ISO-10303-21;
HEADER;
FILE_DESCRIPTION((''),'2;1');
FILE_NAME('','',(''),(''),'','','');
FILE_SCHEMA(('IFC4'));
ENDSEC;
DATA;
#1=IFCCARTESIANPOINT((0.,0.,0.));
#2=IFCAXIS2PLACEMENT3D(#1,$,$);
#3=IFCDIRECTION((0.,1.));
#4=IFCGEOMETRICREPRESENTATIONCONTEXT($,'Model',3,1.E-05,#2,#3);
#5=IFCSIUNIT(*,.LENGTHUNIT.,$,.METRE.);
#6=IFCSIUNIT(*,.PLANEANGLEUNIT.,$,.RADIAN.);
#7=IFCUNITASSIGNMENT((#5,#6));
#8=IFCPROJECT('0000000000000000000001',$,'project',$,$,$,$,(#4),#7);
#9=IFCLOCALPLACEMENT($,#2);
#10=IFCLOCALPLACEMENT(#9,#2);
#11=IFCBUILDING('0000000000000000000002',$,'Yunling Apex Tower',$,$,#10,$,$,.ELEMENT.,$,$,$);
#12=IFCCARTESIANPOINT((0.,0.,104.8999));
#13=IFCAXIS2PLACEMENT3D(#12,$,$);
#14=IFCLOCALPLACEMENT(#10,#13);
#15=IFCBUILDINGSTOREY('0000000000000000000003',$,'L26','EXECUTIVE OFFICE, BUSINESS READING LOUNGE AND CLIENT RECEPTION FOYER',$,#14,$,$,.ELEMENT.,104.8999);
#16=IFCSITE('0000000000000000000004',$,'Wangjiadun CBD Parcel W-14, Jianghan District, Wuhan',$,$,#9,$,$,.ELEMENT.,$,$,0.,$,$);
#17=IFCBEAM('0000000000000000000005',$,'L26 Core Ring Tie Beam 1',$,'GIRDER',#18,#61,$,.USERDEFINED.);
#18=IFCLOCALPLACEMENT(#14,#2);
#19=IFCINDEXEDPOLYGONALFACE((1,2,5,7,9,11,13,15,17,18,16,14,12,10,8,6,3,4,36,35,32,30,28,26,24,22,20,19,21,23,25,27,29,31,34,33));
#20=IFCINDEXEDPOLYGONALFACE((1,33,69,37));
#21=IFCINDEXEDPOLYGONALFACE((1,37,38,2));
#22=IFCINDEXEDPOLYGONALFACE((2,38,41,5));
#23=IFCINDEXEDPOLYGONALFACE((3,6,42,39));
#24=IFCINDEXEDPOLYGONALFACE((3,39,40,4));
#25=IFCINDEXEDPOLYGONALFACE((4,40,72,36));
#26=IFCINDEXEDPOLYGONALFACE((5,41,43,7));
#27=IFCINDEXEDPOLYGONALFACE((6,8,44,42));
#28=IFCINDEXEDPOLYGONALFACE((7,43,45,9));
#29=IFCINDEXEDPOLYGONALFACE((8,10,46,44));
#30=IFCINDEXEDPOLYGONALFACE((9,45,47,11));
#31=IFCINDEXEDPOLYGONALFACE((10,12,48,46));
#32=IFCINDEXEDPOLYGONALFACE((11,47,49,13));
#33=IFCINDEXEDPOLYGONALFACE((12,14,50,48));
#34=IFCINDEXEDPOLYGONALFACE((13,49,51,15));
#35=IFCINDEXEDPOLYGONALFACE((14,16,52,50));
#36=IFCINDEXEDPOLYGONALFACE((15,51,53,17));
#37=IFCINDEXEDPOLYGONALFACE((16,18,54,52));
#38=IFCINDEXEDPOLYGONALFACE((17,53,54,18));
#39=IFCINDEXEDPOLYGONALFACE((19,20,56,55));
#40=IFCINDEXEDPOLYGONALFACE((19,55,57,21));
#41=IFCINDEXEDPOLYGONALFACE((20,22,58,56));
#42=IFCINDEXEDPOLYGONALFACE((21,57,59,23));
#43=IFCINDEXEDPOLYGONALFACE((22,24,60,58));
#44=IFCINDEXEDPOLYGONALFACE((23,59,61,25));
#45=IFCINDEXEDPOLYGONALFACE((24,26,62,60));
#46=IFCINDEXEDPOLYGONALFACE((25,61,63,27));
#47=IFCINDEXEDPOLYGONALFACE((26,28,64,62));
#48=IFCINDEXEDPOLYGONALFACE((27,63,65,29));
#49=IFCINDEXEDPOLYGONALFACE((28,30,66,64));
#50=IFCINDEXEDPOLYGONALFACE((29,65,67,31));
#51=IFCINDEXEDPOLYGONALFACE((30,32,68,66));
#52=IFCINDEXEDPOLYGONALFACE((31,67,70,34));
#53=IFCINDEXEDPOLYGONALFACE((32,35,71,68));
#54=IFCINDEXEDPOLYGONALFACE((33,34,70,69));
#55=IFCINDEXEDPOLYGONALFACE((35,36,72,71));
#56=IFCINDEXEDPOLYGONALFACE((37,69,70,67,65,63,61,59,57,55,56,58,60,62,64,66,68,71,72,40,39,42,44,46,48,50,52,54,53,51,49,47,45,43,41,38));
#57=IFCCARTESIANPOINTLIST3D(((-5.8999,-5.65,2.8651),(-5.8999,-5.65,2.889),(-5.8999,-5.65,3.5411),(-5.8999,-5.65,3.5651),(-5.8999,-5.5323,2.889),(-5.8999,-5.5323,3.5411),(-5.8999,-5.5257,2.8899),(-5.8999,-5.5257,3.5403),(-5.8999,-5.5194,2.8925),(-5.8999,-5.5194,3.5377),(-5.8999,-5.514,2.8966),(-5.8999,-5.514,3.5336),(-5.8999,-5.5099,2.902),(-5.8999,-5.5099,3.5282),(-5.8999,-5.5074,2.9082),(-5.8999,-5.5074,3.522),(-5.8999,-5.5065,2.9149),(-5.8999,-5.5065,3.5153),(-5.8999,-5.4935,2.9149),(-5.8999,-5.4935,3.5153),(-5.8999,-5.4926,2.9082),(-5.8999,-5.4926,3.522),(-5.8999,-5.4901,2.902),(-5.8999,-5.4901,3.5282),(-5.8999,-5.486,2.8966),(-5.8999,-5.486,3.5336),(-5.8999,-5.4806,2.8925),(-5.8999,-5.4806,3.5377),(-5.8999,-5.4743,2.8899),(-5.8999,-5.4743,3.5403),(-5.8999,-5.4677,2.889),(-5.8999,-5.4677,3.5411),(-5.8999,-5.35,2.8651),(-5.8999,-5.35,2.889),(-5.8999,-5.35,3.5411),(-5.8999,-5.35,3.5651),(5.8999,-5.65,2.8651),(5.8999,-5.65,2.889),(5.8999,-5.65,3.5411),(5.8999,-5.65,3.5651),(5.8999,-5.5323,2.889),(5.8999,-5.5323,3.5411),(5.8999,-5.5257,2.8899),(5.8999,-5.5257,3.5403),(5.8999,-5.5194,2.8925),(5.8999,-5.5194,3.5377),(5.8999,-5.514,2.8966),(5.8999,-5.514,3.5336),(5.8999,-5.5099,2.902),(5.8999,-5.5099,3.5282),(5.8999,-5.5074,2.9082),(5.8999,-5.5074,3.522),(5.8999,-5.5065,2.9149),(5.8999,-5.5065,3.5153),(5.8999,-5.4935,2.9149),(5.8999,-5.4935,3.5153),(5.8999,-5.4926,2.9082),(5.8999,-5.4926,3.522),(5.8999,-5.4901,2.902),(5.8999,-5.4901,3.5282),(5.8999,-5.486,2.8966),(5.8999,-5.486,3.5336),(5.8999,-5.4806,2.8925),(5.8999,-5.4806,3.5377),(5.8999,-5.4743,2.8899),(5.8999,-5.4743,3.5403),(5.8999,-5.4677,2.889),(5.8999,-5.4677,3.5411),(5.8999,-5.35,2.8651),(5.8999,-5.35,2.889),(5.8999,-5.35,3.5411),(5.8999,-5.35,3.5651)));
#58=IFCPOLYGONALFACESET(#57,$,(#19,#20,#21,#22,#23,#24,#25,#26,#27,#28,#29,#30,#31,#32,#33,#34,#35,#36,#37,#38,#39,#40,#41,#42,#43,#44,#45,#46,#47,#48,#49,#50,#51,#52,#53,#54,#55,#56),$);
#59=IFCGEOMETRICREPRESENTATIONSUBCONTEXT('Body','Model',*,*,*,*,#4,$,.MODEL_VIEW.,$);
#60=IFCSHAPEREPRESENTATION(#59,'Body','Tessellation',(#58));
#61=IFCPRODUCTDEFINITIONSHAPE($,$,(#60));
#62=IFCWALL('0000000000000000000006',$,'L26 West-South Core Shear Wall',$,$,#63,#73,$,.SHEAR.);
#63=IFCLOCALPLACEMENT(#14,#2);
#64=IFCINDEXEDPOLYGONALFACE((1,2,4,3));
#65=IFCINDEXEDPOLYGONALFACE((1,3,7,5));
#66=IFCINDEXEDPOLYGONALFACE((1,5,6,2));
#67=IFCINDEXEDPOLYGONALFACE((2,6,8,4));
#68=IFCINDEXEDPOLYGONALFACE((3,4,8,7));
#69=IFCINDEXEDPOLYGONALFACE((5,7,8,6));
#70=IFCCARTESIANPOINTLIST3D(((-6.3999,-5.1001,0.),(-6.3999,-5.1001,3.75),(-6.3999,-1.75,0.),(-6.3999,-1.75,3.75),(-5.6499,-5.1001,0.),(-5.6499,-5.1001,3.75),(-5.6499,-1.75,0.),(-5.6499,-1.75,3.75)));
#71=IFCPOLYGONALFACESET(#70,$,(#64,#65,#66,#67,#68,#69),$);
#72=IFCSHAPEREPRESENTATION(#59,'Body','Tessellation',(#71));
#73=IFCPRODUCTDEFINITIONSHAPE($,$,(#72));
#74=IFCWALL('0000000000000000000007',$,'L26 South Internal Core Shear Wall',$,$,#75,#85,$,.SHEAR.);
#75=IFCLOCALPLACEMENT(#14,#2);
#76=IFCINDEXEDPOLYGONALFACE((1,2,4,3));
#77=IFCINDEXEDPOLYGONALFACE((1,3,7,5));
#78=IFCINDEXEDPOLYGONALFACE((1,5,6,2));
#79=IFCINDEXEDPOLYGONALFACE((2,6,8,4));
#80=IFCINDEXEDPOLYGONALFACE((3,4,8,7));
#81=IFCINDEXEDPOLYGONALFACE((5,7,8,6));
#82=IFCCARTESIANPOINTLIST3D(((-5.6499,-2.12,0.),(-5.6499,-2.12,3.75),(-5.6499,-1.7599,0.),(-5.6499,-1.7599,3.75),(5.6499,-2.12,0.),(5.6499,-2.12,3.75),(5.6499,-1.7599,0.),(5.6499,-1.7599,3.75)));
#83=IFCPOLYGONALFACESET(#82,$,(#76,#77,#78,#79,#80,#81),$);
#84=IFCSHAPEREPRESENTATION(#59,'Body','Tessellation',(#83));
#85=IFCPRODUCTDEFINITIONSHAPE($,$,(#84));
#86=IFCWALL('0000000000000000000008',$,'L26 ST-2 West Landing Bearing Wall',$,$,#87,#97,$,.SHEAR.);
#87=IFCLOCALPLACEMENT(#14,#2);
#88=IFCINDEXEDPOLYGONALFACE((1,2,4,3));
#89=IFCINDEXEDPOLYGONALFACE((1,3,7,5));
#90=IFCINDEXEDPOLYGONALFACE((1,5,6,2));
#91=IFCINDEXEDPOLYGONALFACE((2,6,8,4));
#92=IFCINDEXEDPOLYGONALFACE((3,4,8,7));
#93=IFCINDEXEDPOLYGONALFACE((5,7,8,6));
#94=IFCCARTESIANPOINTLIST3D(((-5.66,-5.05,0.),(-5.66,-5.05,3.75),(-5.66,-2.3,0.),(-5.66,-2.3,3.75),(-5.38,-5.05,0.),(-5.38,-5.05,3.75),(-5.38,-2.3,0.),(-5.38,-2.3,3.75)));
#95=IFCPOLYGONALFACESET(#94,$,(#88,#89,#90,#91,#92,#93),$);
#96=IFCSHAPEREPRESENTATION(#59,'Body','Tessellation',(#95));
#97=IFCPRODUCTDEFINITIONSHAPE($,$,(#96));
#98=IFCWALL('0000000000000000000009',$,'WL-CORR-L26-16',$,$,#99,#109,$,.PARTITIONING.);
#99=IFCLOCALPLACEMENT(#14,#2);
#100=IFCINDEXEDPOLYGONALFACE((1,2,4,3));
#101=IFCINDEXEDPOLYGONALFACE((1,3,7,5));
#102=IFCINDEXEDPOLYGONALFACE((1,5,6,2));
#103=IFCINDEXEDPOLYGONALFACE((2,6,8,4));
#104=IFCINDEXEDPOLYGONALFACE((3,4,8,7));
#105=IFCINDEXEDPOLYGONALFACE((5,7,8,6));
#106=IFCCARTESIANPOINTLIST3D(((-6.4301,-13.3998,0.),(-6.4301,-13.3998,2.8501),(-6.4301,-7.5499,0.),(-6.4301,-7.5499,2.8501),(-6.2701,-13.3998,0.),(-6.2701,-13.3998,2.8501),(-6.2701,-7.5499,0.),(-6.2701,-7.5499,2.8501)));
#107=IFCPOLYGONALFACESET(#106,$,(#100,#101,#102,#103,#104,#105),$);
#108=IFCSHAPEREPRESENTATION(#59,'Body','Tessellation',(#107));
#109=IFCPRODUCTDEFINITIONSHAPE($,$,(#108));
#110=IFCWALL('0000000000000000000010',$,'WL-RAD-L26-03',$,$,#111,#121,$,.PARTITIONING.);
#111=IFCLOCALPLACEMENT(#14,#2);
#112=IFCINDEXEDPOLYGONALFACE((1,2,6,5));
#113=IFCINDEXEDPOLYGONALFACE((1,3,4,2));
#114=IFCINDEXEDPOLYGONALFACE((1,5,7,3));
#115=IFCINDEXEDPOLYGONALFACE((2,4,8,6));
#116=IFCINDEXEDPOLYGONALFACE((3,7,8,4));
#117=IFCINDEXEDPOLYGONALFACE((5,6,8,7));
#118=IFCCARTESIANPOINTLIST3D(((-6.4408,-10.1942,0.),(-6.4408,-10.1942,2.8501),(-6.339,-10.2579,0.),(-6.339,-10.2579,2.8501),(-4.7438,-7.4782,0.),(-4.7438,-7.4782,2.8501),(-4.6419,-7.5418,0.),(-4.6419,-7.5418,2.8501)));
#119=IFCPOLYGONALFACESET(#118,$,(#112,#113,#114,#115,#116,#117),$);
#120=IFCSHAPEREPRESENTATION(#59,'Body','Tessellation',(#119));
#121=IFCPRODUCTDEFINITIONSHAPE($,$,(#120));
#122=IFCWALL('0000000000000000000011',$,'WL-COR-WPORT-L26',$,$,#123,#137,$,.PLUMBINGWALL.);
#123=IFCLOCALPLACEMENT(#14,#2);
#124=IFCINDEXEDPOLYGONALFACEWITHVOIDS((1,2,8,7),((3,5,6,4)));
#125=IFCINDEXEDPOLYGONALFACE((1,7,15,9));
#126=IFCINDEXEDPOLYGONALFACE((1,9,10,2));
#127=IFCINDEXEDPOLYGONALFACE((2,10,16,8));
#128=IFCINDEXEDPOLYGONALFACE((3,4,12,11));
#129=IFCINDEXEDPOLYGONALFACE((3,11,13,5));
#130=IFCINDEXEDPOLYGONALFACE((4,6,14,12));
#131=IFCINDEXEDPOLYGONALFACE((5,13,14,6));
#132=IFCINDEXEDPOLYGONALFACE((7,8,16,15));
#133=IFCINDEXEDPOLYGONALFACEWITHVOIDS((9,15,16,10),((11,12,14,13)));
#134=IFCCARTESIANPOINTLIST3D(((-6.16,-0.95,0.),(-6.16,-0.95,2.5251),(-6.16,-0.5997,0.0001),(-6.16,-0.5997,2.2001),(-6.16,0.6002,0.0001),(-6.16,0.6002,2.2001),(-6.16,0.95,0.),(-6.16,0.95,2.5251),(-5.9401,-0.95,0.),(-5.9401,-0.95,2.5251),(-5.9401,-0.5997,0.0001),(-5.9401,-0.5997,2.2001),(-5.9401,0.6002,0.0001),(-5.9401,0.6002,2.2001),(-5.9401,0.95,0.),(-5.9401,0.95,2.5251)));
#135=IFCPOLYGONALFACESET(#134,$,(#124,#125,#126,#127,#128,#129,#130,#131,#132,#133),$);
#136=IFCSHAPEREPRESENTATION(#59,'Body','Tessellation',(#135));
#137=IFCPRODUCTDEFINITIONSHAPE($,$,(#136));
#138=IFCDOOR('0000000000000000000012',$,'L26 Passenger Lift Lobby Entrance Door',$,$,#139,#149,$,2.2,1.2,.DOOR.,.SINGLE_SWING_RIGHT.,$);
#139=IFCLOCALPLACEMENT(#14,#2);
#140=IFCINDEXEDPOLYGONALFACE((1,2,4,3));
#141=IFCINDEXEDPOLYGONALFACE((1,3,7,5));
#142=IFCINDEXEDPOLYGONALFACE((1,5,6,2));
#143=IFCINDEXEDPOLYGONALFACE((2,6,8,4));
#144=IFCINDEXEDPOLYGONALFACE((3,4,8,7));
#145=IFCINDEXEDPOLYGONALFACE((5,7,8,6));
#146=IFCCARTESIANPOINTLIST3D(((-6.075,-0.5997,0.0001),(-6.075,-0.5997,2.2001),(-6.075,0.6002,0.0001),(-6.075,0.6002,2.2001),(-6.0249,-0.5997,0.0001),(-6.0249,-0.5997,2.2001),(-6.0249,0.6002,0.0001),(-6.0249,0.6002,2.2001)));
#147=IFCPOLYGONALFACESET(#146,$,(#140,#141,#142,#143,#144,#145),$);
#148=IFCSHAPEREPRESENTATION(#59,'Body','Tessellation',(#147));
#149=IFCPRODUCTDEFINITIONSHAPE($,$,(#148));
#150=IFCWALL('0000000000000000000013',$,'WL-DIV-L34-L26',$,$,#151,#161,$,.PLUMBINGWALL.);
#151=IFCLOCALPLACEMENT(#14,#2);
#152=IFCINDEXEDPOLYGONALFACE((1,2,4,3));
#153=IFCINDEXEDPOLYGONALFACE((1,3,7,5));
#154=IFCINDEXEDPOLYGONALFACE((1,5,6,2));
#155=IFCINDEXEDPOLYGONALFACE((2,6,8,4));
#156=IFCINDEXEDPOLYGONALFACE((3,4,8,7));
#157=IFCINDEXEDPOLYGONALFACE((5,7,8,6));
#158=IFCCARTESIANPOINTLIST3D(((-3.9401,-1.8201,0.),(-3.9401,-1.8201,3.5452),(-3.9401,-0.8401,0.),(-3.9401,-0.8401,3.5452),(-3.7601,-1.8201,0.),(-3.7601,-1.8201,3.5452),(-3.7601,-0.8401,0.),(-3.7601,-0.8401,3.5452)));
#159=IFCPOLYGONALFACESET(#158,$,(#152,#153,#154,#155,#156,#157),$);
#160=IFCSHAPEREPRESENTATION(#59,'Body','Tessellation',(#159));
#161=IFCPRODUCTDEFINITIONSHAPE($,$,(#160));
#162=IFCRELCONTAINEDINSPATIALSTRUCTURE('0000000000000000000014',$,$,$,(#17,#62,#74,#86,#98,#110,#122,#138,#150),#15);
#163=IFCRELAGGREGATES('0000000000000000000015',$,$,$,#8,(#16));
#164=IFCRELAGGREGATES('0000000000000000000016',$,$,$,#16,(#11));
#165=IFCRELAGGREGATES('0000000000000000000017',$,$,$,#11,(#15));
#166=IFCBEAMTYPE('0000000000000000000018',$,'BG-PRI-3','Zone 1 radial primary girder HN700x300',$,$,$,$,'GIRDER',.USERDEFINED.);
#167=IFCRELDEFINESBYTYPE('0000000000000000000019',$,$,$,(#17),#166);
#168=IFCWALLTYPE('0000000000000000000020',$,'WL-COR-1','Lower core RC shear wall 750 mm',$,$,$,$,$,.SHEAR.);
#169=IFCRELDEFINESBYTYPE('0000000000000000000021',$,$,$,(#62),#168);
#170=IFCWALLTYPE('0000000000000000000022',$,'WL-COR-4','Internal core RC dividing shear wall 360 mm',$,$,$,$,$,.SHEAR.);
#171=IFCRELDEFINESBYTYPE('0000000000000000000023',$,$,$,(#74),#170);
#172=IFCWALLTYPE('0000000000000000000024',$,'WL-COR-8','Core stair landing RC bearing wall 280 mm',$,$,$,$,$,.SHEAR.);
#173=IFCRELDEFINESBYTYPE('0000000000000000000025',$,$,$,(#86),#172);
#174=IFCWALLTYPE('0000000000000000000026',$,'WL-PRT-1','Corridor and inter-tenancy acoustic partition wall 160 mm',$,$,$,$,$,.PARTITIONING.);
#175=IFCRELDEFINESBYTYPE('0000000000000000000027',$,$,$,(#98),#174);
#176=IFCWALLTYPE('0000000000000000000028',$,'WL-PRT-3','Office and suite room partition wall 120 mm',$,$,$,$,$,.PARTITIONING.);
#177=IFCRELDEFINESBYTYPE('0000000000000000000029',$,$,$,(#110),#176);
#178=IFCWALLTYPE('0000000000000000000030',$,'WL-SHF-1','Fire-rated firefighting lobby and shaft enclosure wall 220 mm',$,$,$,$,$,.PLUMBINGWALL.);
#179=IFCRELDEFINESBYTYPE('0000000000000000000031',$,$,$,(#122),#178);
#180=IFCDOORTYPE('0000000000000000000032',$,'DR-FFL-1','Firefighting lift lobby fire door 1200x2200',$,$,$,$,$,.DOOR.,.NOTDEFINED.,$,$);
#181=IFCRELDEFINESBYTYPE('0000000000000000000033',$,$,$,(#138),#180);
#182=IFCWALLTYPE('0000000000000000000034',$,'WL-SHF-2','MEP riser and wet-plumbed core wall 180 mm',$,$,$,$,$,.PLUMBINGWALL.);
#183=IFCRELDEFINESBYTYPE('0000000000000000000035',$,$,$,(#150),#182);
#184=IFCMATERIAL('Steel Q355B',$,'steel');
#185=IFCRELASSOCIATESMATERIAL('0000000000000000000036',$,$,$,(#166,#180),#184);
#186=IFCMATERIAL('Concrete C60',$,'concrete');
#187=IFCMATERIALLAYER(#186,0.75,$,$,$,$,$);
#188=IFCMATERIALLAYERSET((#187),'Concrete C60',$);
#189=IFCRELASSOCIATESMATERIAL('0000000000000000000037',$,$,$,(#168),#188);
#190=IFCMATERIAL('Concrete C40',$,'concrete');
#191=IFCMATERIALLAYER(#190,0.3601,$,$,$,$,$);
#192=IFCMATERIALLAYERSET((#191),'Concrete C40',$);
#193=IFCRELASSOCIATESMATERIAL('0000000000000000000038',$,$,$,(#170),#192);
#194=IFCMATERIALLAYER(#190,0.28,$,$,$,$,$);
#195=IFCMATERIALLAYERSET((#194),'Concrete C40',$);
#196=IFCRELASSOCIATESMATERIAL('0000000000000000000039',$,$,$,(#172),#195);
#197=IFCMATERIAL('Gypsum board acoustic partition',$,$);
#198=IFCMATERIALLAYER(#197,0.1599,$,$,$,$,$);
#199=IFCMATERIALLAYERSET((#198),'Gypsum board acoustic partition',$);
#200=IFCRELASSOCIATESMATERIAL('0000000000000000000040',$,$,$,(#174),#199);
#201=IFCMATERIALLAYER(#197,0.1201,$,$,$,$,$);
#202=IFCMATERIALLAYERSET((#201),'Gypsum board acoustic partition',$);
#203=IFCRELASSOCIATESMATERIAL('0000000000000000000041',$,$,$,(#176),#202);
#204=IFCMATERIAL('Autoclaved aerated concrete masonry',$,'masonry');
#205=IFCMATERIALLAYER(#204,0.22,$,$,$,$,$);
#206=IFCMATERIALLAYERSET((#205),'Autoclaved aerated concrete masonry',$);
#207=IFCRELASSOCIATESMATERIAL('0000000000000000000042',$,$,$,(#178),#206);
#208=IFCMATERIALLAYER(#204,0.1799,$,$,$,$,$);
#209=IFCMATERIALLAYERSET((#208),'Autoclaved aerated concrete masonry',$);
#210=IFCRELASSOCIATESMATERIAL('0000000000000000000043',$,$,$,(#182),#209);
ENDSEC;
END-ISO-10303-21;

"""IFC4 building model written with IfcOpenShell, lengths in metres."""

from ifc_helpers import new_model, si_unit, direction, frame, frame_2d, origin, origin_2d, place, context, subcontext, project, spatial, rectangle, i_section, extrude, source, transform, mapped, material, layer, layer_set, material_profile, profile_set, type_object, element, fill, save


model = new_model("IFC4")

# Units and contexts
model_context = context("Model", 3, precision=1e-05, world=origin(), true_north=direction((0.0, 1.0)))
body_context = subcontext(model_context, "Body", "Model", "MODEL_VIEW")
ifc_project = project(units=[si_unit("LENGTHUNIT", "METRE"), si_unit("PLANEANGLEUNIT", "RADIAN")], contexts=[model_context])

# Site, building, storey
site_placement = place(None, origin())
site = spatial("IfcSite", under=ifc_project, at=site_placement, Name="Wangjiadun CBD Parcel W-14, Jianghan District, Wuhan", CompositionType="ELEMENT", RefElevation=0.0)
building_placement = place(site_placement, origin())
building = spatial("IfcBuilding", under=site, at=building_placement, Name="Yunling Apex Tower", CompositionType="ELEMENT")
storey_placement = place(building_placement, frame((0.0, 0.0, 104.8999)))
storey = spatial("IfcBuildingStorey", under=building, at=storey_placement, Name="L26", Description="EXECUTIVE OFFICE, BUSINESS READING LOUNGE AND CLIENT RECEPTION FOYER", CompositionType="ELEMENT", Elevation=104.8999)

# Shared definitions
ifc_material_1 = material(Name="Concrete C60", Category="concrete")

# Beam
ifc_material_2 = material(Name="Steel Q355B", Category="steel")
ifc_material_profile_1 = material_profile(ifc_material_2, i_section(OverallWidth=0.3, OverallDepth=0.7, WebThickness=0.0129, FlangeThickness=0.0239, FilletRadius=0.0259, at=origin_2d()))
ifc_profile_set_1 = profile_set([ifc_material_profile_1], Name="Steel Q355B")
beam_type_1 = type_object("IfcBeamType", Name="BG-PRI-3", Description="Zone 1 radial primary girder HN700x300", ElementType="GIRDER", PredefinedType="USERDEFINED", material=ifc_profile_set_1)
shared_shape_1 = source(origin(), body_context, "Body", "SweptSolid", [
    extrude(i_section(OverallWidth=0.3, OverallDepth=0.7, WebThickness=0.0129, FlangeThickness=0.0239, FilletRadius=0.0259, at=origin_2d()), origin(), (0.0, 0.0, 1.0), 11.7998),
])
beam_1_placement = place(storey_placement, frame((-5.8999, -5.5, 3.2151), z_axis=(1.0, 0.0, 0.0), x_axis=(0.0, 1.0, 0.0)))
element("IfcBeam", 1, at=beam_1_placement, inside=storey, type_object=beam_type_1, Name="L26 Core Ring Tie Beam 1", ObjectType="GIRDER", PredefinedType="USERDEFINED", context=body_context, shape_type="MappedRepresentation", body=[
    mapped(shared_shape_1, transform((0.0, 0.0, 0.0), scale=1.0)),
])

# Walls
ifc_layer_1 = layer(ifc_material_1, 0.75)
ifc_layer_set_1 = layer_set([ifc_layer_1], Name="Concrete C60")
wall_type_1 = type_object("IfcWallType", Name="WL-COR-1", Description="Lower core RC shear wall 750 mm", PredefinedType="SHEAR", material=ifc_layer_set_1)
wall_1_placement = place(storey_placement, frame((-6.0249, -5.1001, 0.0), z_axis=(0.0, 0.0, 1.0), x_axis=(0.0, 1.0, 0.0)))
element("IfcWall", 2, at=wall_1_placement, inside=storey, type_object=wall_type_1, Name="L26 West-South Core Shear Wall", PredefinedType="SHEAR", context=body_context, shape_type="SweptSolid", body=[
    extrude(rectangle(XDim=3.3501, YDim=0.75, at=frame_2d((1.675, 0.0))), origin(), (0.0, 0.0, 1.0), 3.75),
])
ifc_material_3 = material(Name="Concrete C40", Category="concrete")
ifc_layer_2 = layer(ifc_material_3, 0.3601)
ifc_layer_set_2 = layer_set([ifc_layer_2], Name="Concrete C40")
wall_type_2 = type_object("IfcWallType", Name="WL-COR-4", Description="Internal core RC dividing shear wall 360 mm", PredefinedType="SHEAR", material=ifc_layer_set_2)
wall_2_placement = place(storey_placement, frame((-5.6499, -1.9399, 0.0), z_axis=(0.0, 0.0, 1.0), x_axis=(1.0, 0.0, 0.0)))
element("IfcWall", 3, at=wall_2_placement, inside=storey, type_object=wall_type_2, Name="L26 South Internal Core Shear Wall", PredefinedType="SHEAR", context=body_context, shape_type="SweptSolid", body=[
    extrude(rectangle(XDim=11.2998, YDim=0.3601, at=frame_2d((5.6499, 0.0))), origin(), (0.0, 0.0, 1.0), 3.75),
])
ifc_layer_3 = layer(ifc_material_3, 0.28)
ifc_layer_set_3 = layer_set([ifc_layer_3], Name="Concrete C40")
wall_type_3 = type_object("IfcWallType", Name="WL-COR-8", Description="Core stair landing RC bearing wall 280 mm", PredefinedType="SHEAR", material=ifc_layer_set_3)
wall_3_placement = place(storey_placement, frame((-5.52, -5.05, 0.0), z_axis=(0.0, 0.0, 1.0), x_axis=(0.0, 1.0, 0.0)))
element("IfcWall", 4, at=wall_3_placement, inside=storey, type_object=wall_type_3, Name="L26 ST-2 West Landing Bearing Wall", PredefinedType="SHEAR", context=body_context, shape_type="SweptSolid", body=[
    extrude(rectangle(XDim=2.75, YDim=0.28, at=frame_2d((1.375, 0.0))), origin(), (0.0, 0.0, 1.0), 3.75),
])
ifc_material_4 = material(Name="Gypsum board acoustic partition")
ifc_layer_4 = layer(ifc_material_4, 0.1599)
ifc_layer_set_4 = layer_set([ifc_layer_4], Name="Gypsum board acoustic partition")
wall_type_4 = type_object("IfcWallType", Name="WL-PRT-1", Description="Corridor and inter-tenancy acoustic partition wall 160 mm", PredefinedType="PARTITIONING", material=ifc_layer_set_4)
wall_4_placement = place(storey_placement, frame((-6.3501, -7.55, 0.0), z_axis=(0.0, 0.0, 1.0), x_axis=(0.0, -1.0, 0.0)))
element("IfcWall", 5, at=wall_4_placement, inside=storey, type_object=wall_type_4, Name="WL-CORR-L26-16", PredefinedType="PARTITIONING", context=body_context, shape_type="SweptSolid", body=[
    extrude(rectangle(XDim=5.8499, YDim=0.1599, at=frame_2d((2.9248, 0.0))), origin(), (0.0, 0.0, 1.0), 2.8501),
])
ifc_layer_5 = layer(ifc_material_4, 0.1201)
ifc_layer_set_5 = layer_set([ifc_layer_5], Name="Gypsum board acoustic partition")
wall_type_5 = type_object("IfcWallType", Name="WL-PRT-3", Description="Office and suite room partition wall 120 mm", PredefinedType="PARTITIONING", material=ifc_layer_set_5)
wall_5_placement = place(storey_placement, frame((-4.6929, -7.51, 0.0), z_axis=(0.0, 0.0, 1.0), x_axis=(-0.529882, -0.848071, 0.0)))
element("IfcWall", 6, at=wall_5_placement, inside=storey, type_object=wall_type_5, Name="WL-RAD-L26-03", PredefinedType="PARTITIONING", context=body_context, shape_type="SweptSolid", body=[
    extrude(rectangle(XDim=3.2026, YDim=0.1201, at=frame_2d((1.6013, 0.0))), origin(), (0.0, 0.0, 1.0), 2.8501),
])

# Wall, opening, door
ifc_material_5 = material(Name="Autoclaved aerated concrete masonry", Category="masonry")
ifc_layer_6 = layer(ifc_material_5, 0.22)
ifc_layer_set_6 = layer_set([ifc_layer_6], Name="Autoclaved aerated concrete masonry")
wall_type_6 = type_object("IfcWallType", Name="WL-SHF-1", Description="Fire-rated firefighting lobby and shaft enclosure wall 220 mm", PredefinedType="PLUMBINGWALL", material=ifc_layer_set_6)
wall_6_placement = place(storey_placement, frame((-6.05, -0.95, 0.0), z_axis=(0.0, 0.0, 1.0), x_axis=(0.0, 1.0, 0.0)))
wall_6 = element("IfcWall", 7, at=wall_6_placement, inside=storey, type_object=wall_type_6, Name="WL-COR-WPORT-L26", PredefinedType="PLUMBINGWALL", context=body_context, shape_type="SweptSolid", body=[
    extrude(rectangle(XDim=1.8999, YDim=0.22, at=frame_2d((0.95, 0.0))), origin(), (0.0, 0.0, 1.0), 2.5251),
])
opening_1_placement = place(wall_6_placement, frame((0.3501, 0.0, 0.0)))
opening_1 = element("IfcOpeningElement", 8, at=opening_1_placement, cuts=wall_6, PredefinedType="OPENING", context=body_context, shape_type="SweptSolid", body=[
    extrude(rectangle(XDim=1.2, YDim=2.2, at=frame_2d((0.6001, 1.1001))), frame((0.0, 0.1201, 0.0), z_axis=(0.0, -1.0, 0.0), x_axis=(1.0, 0.0, 0.0)), (0.0, 0.0, 1.0), 0.24),
])
door_type_1 = type_object("IfcDoorType", Name="DR-FFL-1", Description="Firefighting lift lobby fire door 1200x2200", OperationType="NOTDEFINED", PredefinedType="DOOR", material=ifc_material_2)
door_1_placement = place(opening_1_placement, origin())
door_1 = element("IfcDoor", 9, at=door_1_placement, inside=storey, type_object=door_type_1, Name="L26 Passenger Lift Lobby Entrance Door", OperationType="SINGLE_SWING_RIGHT", OverallHeight=2.2, OverallWidth=1.2, PredefinedType="DOOR", context=body_context, shape_type="SweptSolid", body=[
    extrude(rectangle(XDim=1.2, YDim=2.2, at=frame_2d((0.6001, 1.1001))), frame((0.0, 0.0249, 0.0), z_axis=(0.0, -1.0, 0.0), x_axis=(1.0, 0.0, 0.0)), (0.0, 0.0, 1.0), 0.05),
])
fill(opening_1, door_1)

# Wall
ifc_layer_7 = layer(ifc_material_5, 0.1799)
ifc_layer_set_7 = layer_set([ifc_layer_7], Name="Autoclaved aerated concrete masonry")
wall_type_7 = type_object("IfcWallType", Name="WL-SHF-2", Description="MEP riser and wet-plumbed core wall 180 mm", PredefinedType="PLUMBINGWALL", material=ifc_layer_set_7)
wall_7_placement = place(storey_placement, frame((-3.8501, -1.8201, 0.0), z_axis=(0.0, 0.0, 1.0), x_axis=(0.0, 1.0, 0.0)))
element("IfcWall", 10, at=wall_7_placement, inside=storey, type_object=wall_type_7, Name="WL-DIV-L34-L26", PredefinedType="PLUMBINGWALL", context=body_context, shape_type="SweptSolid", body=[
    extrude(rectangle(XDim=0.98, YDim=0.1799, at=frame_2d((0.49, 0.0))), origin(), (0.0, 0.0, 1.0), 3.5452),
])

save(model, "model.ifc")
